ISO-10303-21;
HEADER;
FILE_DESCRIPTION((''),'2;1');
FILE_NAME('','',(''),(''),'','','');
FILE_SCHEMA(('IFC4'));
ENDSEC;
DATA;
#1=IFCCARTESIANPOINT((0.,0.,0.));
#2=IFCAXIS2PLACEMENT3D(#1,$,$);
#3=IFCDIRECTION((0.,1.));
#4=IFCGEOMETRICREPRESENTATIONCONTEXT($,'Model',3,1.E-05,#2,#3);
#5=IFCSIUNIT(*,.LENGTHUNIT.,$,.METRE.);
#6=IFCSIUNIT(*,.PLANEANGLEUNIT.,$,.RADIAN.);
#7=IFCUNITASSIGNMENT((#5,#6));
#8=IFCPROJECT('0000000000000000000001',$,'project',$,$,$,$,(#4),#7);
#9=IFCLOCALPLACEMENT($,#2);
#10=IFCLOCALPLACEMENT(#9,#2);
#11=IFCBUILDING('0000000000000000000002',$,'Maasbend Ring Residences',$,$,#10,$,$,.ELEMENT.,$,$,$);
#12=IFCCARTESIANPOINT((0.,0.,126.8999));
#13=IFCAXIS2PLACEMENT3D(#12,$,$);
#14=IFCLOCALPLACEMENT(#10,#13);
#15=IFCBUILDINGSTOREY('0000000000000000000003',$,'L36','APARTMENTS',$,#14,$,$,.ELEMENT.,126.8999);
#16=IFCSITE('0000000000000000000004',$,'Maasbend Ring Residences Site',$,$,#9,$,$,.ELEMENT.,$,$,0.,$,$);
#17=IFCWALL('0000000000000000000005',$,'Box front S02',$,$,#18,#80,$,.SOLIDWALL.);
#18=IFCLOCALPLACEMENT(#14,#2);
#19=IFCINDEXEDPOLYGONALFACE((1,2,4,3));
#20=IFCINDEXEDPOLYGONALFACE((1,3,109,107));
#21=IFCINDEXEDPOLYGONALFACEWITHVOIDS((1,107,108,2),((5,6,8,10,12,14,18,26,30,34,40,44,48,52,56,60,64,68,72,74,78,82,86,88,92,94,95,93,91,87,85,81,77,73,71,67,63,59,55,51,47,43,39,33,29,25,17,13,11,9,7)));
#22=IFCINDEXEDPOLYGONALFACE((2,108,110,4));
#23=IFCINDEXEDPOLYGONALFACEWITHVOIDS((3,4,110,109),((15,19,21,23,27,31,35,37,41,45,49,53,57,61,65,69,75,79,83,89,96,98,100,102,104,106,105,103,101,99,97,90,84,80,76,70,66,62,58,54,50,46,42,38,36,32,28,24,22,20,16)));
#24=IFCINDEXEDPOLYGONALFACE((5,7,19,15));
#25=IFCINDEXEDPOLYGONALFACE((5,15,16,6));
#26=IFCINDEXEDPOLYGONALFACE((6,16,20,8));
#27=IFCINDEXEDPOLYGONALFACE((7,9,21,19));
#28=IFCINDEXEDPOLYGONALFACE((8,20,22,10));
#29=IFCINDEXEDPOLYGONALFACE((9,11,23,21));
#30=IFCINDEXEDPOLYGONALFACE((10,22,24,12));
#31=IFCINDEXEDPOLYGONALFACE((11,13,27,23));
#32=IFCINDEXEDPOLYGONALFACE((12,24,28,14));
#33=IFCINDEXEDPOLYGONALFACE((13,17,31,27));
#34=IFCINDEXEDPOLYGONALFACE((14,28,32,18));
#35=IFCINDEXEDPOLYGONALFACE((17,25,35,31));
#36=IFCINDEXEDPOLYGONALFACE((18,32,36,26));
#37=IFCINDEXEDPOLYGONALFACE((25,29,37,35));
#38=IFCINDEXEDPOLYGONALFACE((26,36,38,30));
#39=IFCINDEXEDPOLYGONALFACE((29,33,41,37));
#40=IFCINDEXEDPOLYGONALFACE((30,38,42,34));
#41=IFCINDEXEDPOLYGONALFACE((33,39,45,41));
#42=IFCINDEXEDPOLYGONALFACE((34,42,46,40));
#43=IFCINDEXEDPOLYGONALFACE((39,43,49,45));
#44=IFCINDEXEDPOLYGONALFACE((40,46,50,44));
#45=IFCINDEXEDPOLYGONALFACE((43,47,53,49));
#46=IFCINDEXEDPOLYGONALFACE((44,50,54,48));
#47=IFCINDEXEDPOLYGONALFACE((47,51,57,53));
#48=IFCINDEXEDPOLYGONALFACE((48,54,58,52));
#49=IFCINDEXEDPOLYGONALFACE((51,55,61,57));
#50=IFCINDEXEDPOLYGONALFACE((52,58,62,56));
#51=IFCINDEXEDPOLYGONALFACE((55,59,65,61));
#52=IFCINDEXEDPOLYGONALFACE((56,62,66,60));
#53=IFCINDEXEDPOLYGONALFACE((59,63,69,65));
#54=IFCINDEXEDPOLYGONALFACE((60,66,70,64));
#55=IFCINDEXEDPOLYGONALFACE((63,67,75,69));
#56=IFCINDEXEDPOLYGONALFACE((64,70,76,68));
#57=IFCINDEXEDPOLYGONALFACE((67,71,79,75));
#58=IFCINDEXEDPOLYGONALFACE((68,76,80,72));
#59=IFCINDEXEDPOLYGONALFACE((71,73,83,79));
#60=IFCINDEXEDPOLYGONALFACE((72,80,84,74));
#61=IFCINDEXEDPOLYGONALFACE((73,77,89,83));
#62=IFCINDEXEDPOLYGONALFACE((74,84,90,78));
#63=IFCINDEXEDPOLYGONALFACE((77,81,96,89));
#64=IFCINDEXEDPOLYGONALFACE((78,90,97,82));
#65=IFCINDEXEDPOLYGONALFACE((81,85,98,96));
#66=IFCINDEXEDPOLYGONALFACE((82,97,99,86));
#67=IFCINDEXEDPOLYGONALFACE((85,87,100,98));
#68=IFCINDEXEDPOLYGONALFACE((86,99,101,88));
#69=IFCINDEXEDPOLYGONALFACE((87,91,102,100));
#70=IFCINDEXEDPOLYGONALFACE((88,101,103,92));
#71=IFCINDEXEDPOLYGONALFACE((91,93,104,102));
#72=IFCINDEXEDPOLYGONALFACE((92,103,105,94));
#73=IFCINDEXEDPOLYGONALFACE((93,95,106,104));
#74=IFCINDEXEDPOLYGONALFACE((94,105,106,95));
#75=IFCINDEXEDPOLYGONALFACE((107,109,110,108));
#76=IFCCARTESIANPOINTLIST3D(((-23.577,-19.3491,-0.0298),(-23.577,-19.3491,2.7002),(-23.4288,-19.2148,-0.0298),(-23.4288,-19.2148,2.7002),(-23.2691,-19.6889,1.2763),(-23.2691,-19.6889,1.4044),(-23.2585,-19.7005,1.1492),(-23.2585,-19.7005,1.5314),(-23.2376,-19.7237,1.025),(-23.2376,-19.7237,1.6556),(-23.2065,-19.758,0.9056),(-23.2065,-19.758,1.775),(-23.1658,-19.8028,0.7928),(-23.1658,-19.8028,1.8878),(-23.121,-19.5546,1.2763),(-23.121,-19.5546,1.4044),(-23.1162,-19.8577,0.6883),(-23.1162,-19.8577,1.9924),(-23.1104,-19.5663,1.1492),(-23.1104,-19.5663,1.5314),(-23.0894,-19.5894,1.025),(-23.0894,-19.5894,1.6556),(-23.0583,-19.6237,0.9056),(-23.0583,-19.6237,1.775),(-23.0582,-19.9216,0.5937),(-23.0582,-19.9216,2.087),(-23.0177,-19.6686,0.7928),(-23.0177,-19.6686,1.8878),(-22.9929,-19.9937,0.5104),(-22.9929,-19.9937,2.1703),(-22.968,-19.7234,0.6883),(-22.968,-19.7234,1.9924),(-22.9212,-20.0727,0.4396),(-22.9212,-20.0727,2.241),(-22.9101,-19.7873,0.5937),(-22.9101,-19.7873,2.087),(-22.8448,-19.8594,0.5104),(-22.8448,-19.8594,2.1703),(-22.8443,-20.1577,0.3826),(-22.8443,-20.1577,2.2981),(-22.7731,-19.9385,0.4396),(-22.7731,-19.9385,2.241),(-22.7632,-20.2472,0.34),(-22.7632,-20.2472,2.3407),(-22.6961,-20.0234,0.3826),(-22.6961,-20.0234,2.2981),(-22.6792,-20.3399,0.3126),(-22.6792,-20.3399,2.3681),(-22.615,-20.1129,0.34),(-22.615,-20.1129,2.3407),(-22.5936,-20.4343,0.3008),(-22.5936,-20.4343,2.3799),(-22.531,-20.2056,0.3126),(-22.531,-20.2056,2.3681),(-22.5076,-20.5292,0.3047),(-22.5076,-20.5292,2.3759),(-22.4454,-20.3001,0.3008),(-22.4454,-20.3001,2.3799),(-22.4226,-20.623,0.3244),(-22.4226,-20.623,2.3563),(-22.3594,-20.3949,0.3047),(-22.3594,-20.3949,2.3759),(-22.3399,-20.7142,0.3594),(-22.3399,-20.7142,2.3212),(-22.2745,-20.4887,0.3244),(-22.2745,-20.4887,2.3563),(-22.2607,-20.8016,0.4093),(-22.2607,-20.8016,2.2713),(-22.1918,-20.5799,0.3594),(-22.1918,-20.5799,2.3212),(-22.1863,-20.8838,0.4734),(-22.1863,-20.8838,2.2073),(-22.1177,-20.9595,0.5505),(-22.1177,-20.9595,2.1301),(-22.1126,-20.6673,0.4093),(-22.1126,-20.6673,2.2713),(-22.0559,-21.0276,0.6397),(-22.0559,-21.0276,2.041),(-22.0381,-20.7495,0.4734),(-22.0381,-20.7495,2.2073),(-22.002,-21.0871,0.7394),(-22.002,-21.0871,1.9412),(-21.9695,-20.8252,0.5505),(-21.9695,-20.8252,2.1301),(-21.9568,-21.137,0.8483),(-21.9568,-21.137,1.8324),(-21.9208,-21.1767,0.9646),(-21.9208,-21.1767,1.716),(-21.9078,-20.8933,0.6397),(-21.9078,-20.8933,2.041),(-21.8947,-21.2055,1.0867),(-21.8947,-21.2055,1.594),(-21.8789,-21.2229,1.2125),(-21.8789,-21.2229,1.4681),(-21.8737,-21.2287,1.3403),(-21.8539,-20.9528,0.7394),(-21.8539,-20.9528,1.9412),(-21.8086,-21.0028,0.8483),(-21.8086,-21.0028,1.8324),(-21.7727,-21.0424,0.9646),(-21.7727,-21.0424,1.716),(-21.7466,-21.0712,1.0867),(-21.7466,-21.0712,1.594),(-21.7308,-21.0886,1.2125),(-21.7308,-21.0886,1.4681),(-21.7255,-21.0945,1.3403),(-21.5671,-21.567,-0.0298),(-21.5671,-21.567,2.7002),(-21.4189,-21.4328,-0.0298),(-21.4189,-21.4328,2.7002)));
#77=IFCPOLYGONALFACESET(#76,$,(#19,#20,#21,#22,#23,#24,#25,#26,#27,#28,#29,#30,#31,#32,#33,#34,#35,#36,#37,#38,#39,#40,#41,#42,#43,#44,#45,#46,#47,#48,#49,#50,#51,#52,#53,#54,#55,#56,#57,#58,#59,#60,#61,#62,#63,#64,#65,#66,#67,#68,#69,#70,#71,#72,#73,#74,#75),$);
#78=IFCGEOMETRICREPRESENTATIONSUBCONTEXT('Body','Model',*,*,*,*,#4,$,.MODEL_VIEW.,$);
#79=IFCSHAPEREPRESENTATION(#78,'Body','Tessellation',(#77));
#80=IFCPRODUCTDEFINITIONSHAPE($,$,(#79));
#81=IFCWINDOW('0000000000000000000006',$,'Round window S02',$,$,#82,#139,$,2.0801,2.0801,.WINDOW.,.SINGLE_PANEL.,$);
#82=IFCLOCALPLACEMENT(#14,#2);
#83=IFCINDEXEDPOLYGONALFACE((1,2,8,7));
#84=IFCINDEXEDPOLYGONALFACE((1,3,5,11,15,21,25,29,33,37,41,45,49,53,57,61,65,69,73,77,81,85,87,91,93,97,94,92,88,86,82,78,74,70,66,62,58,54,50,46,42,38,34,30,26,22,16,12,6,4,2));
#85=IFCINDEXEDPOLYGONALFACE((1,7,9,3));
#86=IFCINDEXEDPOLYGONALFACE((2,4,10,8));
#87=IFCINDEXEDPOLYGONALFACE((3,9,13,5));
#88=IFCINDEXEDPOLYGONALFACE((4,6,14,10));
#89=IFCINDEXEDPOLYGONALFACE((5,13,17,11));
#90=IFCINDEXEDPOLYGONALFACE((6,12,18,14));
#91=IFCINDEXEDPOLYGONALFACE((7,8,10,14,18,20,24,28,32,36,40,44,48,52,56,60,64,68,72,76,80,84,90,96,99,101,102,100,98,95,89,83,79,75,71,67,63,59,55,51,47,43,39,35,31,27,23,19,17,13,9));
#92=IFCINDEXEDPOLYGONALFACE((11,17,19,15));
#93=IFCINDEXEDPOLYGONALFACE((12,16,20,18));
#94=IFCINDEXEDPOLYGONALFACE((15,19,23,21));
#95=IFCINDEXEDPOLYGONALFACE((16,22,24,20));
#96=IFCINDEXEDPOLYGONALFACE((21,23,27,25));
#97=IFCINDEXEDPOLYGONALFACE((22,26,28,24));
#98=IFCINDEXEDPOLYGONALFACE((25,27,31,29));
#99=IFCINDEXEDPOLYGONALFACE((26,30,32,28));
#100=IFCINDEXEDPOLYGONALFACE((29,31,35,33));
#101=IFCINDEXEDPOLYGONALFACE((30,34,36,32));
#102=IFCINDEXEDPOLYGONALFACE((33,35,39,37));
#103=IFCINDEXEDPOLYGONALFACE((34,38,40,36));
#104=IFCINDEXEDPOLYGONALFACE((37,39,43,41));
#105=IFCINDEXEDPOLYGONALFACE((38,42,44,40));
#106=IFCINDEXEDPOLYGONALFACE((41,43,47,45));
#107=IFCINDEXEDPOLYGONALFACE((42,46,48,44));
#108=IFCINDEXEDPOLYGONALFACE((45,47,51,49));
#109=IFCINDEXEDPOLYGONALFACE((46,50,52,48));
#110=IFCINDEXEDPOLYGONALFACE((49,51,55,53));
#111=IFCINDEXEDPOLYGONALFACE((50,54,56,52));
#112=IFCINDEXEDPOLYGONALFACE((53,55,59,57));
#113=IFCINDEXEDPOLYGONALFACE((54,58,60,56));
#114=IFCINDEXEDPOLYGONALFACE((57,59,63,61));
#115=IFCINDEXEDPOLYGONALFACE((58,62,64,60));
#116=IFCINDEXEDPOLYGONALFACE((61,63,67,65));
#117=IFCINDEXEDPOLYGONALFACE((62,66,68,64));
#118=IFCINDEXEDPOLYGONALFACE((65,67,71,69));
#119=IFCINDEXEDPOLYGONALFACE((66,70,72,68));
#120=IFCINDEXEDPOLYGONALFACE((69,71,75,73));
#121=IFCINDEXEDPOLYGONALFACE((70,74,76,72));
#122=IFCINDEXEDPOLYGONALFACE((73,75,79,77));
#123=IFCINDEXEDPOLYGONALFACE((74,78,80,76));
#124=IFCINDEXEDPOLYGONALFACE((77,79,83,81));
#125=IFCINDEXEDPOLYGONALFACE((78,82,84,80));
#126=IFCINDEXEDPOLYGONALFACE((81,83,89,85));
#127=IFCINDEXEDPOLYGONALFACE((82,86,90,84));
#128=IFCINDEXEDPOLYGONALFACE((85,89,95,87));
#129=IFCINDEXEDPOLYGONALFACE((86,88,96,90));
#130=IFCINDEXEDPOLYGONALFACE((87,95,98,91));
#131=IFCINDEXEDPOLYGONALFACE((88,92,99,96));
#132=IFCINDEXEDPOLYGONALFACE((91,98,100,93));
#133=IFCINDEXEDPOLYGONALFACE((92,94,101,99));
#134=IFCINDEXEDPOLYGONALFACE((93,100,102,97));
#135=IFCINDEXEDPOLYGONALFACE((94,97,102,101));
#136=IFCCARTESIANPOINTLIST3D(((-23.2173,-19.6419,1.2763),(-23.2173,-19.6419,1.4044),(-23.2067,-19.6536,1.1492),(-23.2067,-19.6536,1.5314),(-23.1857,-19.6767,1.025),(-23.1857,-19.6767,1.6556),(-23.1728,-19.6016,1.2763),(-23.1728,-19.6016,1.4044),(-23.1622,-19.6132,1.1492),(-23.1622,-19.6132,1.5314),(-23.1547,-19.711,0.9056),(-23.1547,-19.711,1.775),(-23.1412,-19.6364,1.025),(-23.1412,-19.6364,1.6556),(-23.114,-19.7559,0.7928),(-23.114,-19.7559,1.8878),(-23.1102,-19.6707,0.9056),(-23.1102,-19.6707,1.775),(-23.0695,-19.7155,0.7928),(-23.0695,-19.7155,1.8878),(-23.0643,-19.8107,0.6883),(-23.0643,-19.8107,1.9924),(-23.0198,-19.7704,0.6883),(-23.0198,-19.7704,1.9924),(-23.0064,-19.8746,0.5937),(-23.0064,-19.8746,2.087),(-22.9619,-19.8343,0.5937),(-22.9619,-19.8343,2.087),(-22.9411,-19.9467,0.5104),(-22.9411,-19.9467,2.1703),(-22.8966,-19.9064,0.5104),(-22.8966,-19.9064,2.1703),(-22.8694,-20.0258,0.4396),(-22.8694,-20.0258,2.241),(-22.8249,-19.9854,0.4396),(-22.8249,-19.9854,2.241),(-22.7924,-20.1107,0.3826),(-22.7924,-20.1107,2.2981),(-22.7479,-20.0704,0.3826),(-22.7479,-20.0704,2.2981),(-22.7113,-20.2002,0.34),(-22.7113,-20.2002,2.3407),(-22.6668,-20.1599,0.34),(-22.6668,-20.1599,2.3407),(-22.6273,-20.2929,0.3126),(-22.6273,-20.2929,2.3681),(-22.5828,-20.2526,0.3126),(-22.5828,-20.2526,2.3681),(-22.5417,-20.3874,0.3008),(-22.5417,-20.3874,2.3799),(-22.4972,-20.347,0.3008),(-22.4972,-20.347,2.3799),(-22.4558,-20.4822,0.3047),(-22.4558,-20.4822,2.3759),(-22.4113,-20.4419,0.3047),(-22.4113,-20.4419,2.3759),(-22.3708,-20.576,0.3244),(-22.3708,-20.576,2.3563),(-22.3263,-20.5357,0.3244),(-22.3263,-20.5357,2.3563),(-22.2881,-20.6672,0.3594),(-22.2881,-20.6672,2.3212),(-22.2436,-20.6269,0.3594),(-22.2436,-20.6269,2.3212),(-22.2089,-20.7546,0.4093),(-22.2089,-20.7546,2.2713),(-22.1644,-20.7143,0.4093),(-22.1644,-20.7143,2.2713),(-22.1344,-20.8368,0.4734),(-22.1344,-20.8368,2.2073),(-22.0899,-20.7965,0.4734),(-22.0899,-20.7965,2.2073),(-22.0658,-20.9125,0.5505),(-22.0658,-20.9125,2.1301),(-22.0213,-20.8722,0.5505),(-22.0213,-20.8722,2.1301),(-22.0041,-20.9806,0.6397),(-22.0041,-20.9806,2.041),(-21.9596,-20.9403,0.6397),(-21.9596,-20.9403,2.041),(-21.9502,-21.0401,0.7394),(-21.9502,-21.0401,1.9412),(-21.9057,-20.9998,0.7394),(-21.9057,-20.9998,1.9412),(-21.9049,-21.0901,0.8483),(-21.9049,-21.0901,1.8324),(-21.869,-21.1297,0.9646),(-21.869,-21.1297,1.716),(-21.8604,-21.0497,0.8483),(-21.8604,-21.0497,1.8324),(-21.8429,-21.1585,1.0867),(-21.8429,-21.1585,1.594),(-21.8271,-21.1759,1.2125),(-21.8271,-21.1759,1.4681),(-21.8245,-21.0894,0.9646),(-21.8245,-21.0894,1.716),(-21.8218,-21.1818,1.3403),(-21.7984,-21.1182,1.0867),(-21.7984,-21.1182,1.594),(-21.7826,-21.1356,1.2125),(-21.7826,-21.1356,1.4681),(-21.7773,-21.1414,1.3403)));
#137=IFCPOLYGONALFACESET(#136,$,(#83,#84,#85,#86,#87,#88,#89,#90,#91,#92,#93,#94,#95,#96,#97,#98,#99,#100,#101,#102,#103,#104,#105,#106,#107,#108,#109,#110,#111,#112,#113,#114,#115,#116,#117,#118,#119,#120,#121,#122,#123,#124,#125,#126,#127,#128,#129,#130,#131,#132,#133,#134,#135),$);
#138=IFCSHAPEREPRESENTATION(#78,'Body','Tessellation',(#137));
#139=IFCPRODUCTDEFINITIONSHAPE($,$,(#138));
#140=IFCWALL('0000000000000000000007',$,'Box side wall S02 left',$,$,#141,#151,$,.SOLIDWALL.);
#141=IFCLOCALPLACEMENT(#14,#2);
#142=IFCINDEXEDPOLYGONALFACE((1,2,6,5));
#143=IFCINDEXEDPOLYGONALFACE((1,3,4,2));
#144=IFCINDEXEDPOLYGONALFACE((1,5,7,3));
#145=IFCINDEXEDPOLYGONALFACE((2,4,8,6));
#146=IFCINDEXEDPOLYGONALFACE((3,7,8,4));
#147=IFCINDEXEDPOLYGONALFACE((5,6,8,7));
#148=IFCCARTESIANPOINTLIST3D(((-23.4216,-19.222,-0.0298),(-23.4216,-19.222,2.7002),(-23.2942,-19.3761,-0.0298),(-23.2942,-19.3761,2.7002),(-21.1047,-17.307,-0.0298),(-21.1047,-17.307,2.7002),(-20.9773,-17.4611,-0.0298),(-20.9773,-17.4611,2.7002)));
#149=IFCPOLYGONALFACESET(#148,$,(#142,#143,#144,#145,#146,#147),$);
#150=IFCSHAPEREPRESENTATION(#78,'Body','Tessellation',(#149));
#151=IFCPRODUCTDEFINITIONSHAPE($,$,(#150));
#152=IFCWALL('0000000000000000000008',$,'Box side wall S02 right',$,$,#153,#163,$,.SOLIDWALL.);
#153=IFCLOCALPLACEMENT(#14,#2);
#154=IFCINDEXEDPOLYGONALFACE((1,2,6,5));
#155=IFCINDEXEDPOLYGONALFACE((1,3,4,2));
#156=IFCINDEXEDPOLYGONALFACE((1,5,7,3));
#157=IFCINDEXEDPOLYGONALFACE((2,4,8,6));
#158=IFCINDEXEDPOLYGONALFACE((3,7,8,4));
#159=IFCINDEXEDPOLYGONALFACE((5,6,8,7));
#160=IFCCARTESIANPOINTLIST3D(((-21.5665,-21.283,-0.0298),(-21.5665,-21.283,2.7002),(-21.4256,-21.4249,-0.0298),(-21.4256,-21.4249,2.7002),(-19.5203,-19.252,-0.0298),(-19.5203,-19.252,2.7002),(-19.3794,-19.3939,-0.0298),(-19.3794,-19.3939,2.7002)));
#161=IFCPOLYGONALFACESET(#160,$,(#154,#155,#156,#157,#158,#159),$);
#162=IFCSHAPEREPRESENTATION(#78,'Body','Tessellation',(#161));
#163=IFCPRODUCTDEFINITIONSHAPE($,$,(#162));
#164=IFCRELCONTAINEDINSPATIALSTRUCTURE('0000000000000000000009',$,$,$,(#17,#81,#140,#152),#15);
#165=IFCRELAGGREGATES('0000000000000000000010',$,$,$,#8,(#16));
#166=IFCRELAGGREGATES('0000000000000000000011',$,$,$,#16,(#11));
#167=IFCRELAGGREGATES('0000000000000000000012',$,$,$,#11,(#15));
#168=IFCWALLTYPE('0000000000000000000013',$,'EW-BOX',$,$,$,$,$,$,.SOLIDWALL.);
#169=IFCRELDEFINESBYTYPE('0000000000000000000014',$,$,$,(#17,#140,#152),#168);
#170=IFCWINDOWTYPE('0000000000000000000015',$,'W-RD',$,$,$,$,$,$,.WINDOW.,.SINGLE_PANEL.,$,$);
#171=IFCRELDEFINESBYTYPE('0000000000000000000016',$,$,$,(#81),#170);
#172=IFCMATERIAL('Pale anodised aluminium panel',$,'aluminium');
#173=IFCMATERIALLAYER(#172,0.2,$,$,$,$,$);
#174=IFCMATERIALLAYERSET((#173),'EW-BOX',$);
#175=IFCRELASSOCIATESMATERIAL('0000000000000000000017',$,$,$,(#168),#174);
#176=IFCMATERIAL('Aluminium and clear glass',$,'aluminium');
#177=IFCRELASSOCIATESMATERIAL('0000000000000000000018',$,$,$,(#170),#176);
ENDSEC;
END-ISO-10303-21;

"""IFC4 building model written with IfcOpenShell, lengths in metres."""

from ifc_helpers import new_model, si_unit, direction, frame, frame_2d, origin, place, context, subcontext, project, spatial, rectangle, circle, extrude, material, layer, layer_set, type_object, element, fill, save


model = new_model("IFC4")

# Units and contexts
model_context = context("Model", 3, precision=1e-05, world=origin(), true_north=direction((0.0, 1.0)))
body_context = subcontext(model_context, "Body", "Model", "MODEL_VIEW")
ifc_project = project(units=[si_unit("LENGTHUNIT", "METRE"), si_unit("PLANEANGLEUNIT", "RADIAN")], contexts=[model_context])

# Site, building, storey
site_placement = place(None, origin())
site = spatial("IfcSite", under=ifc_project, at=site_placement, Name="Maasbend Ring Residences Site", CompositionType="ELEMENT", RefElevation=0.0)
building_placement = place(site_placement, origin())
building = spatial("IfcBuilding", under=site, at=building_placement, Name="Maasbend Ring Residences", CompositionType="ELEMENT")
storey_placement = place(building_placement, frame((0.0, 0.0, 126.8999)))
storey = spatial("IfcBuildingStorey", under=building, at=storey_placement, Name="L36", Description="APARTMENTS", CompositionType="ELEMENT", Elevation=126.8999)

# Wall, opening, window
ifc_material_1 = material(Name="Pale anodised aluminium panel", Category="aluminium")
ifc_layer_1 = layer(ifc_material_1, 0.2)
ifc_layer_set_1 = layer_set([ifc_layer_1], Name="EW-BOX")
wall_type_1 = type_object("IfcWallType", Name="EW-BOX", PredefinedType="SOLIDWALL", material=ifc_layer_set_1)
wall_1_placement = place(storey_placement, frame((-23.5029, -19.282, -0.0298), z_axis=(0.0, 0.0, 1.0), x_axis=(0.671507, -0.740998, 0.0)))
wall_1 = element("IfcWall", 1, at=wall_1_placement, inside=storey, type_object=wall_type_1, Name="Box front S02", PredefinedType="SOLIDWALL", context=body_context, shape_type="SweptSolid", body=[
    extrude(rectangle(XDim=2.9932, YDim=0.2, at=frame_2d((1.4966, 0.0))), origin(), (0.0, 0.0, 1.0), 2.73),
])
opening_1_placement = place(wall_1_placement, frame((0.4565, 0.0, 0.3301)))
opening_1 = element("IfcOpeningElement", 2, at=opening_1_placement, cuts=wall_1, PredefinedType="OPENING", context=body_context, shape_type="SweptSolid", body=[
    extrude(circle(Radius=1.04, at=frame_2d((1.04, 1.04))), frame((0.0, 0.1099, 0.0), z_axis=(0.0, -1.0, 0.0), x_axis=(1.0, 0.0, 0.0)), (0.0, 0.0, 1.0), 0.22),
])
ifc_material_2 = material(Name="Aluminium and clear glass", Category="aluminium")
window_type_1 = type_object("IfcWindowType", Name="W-RD", PartitioningType="SINGLE_PANEL", PredefinedType="WINDOW", material=ifc_material_2)
window_1_placement = place(opening_1_placement, origin())
window_1 = element("IfcWindow", 3, at=window_1_placement, inside=storey, type_object=window_type_1, Name="Round window S02", OverallHeight=2.0801, OverallWidth=2.0801, PartitioningType="SINGLE_PANEL", PredefinedType="WINDOW", context=body_context, shape_type="SweptSolid", body=[
    extrude(circle(Radius=1.04, at=frame_2d((1.04, 1.04))), frame((0.0, 0.03, 0.0), z_axis=(0.0, -1.0, 0.0), x_axis=(1.0, 0.0, 0.0)), (0.0, 0.0, 1.0), 0.0601),
])
fill(opening_1, window_1)

# Walls
wall_2_placement = place(storey_placement, frame((-21.041, -17.384, -0.0298), z_axis=(0.0, 0.0, 1.0), x_axis=(-0.770785, -0.637096, 0.0)))
element("IfcWall", 4, at=wall_2_placement, inside=storey, type_object=wall_type_1, Name="Box side wall S02 left", PredefinedType="SOLIDWALL", context=body_context, shape_type="SweptSolid", body=[
    extrude(rectangle(XDim=3.0059, YDim=0.2, at=frame_2d((1.5029, 0.0))), origin(), (0.0, 0.0, 1.0), 2.73),
])
wall_3_placement = place(storey_placement, frame((-19.45, -19.323, -0.0298), z_axis=(0.0, 0.0, 1.0), x_axis=(-0.709727, -0.704477, 0.0)))
element("IfcWall", 5, at=wall_3_placement, inside=storey, type_object=wall_type_1, Name="Box side wall S02 right", PredefinedType="SOLIDWALL", context=body_context, shape_type="SweptSolid", body=[
    extrude(rectangle(XDim=2.8831, YDim=0.2, at=frame_2d((1.4414, 0.0))), origin(), (0.0, 0.0, 1.0), 2.73),
])

save(model, "model.ifc")
